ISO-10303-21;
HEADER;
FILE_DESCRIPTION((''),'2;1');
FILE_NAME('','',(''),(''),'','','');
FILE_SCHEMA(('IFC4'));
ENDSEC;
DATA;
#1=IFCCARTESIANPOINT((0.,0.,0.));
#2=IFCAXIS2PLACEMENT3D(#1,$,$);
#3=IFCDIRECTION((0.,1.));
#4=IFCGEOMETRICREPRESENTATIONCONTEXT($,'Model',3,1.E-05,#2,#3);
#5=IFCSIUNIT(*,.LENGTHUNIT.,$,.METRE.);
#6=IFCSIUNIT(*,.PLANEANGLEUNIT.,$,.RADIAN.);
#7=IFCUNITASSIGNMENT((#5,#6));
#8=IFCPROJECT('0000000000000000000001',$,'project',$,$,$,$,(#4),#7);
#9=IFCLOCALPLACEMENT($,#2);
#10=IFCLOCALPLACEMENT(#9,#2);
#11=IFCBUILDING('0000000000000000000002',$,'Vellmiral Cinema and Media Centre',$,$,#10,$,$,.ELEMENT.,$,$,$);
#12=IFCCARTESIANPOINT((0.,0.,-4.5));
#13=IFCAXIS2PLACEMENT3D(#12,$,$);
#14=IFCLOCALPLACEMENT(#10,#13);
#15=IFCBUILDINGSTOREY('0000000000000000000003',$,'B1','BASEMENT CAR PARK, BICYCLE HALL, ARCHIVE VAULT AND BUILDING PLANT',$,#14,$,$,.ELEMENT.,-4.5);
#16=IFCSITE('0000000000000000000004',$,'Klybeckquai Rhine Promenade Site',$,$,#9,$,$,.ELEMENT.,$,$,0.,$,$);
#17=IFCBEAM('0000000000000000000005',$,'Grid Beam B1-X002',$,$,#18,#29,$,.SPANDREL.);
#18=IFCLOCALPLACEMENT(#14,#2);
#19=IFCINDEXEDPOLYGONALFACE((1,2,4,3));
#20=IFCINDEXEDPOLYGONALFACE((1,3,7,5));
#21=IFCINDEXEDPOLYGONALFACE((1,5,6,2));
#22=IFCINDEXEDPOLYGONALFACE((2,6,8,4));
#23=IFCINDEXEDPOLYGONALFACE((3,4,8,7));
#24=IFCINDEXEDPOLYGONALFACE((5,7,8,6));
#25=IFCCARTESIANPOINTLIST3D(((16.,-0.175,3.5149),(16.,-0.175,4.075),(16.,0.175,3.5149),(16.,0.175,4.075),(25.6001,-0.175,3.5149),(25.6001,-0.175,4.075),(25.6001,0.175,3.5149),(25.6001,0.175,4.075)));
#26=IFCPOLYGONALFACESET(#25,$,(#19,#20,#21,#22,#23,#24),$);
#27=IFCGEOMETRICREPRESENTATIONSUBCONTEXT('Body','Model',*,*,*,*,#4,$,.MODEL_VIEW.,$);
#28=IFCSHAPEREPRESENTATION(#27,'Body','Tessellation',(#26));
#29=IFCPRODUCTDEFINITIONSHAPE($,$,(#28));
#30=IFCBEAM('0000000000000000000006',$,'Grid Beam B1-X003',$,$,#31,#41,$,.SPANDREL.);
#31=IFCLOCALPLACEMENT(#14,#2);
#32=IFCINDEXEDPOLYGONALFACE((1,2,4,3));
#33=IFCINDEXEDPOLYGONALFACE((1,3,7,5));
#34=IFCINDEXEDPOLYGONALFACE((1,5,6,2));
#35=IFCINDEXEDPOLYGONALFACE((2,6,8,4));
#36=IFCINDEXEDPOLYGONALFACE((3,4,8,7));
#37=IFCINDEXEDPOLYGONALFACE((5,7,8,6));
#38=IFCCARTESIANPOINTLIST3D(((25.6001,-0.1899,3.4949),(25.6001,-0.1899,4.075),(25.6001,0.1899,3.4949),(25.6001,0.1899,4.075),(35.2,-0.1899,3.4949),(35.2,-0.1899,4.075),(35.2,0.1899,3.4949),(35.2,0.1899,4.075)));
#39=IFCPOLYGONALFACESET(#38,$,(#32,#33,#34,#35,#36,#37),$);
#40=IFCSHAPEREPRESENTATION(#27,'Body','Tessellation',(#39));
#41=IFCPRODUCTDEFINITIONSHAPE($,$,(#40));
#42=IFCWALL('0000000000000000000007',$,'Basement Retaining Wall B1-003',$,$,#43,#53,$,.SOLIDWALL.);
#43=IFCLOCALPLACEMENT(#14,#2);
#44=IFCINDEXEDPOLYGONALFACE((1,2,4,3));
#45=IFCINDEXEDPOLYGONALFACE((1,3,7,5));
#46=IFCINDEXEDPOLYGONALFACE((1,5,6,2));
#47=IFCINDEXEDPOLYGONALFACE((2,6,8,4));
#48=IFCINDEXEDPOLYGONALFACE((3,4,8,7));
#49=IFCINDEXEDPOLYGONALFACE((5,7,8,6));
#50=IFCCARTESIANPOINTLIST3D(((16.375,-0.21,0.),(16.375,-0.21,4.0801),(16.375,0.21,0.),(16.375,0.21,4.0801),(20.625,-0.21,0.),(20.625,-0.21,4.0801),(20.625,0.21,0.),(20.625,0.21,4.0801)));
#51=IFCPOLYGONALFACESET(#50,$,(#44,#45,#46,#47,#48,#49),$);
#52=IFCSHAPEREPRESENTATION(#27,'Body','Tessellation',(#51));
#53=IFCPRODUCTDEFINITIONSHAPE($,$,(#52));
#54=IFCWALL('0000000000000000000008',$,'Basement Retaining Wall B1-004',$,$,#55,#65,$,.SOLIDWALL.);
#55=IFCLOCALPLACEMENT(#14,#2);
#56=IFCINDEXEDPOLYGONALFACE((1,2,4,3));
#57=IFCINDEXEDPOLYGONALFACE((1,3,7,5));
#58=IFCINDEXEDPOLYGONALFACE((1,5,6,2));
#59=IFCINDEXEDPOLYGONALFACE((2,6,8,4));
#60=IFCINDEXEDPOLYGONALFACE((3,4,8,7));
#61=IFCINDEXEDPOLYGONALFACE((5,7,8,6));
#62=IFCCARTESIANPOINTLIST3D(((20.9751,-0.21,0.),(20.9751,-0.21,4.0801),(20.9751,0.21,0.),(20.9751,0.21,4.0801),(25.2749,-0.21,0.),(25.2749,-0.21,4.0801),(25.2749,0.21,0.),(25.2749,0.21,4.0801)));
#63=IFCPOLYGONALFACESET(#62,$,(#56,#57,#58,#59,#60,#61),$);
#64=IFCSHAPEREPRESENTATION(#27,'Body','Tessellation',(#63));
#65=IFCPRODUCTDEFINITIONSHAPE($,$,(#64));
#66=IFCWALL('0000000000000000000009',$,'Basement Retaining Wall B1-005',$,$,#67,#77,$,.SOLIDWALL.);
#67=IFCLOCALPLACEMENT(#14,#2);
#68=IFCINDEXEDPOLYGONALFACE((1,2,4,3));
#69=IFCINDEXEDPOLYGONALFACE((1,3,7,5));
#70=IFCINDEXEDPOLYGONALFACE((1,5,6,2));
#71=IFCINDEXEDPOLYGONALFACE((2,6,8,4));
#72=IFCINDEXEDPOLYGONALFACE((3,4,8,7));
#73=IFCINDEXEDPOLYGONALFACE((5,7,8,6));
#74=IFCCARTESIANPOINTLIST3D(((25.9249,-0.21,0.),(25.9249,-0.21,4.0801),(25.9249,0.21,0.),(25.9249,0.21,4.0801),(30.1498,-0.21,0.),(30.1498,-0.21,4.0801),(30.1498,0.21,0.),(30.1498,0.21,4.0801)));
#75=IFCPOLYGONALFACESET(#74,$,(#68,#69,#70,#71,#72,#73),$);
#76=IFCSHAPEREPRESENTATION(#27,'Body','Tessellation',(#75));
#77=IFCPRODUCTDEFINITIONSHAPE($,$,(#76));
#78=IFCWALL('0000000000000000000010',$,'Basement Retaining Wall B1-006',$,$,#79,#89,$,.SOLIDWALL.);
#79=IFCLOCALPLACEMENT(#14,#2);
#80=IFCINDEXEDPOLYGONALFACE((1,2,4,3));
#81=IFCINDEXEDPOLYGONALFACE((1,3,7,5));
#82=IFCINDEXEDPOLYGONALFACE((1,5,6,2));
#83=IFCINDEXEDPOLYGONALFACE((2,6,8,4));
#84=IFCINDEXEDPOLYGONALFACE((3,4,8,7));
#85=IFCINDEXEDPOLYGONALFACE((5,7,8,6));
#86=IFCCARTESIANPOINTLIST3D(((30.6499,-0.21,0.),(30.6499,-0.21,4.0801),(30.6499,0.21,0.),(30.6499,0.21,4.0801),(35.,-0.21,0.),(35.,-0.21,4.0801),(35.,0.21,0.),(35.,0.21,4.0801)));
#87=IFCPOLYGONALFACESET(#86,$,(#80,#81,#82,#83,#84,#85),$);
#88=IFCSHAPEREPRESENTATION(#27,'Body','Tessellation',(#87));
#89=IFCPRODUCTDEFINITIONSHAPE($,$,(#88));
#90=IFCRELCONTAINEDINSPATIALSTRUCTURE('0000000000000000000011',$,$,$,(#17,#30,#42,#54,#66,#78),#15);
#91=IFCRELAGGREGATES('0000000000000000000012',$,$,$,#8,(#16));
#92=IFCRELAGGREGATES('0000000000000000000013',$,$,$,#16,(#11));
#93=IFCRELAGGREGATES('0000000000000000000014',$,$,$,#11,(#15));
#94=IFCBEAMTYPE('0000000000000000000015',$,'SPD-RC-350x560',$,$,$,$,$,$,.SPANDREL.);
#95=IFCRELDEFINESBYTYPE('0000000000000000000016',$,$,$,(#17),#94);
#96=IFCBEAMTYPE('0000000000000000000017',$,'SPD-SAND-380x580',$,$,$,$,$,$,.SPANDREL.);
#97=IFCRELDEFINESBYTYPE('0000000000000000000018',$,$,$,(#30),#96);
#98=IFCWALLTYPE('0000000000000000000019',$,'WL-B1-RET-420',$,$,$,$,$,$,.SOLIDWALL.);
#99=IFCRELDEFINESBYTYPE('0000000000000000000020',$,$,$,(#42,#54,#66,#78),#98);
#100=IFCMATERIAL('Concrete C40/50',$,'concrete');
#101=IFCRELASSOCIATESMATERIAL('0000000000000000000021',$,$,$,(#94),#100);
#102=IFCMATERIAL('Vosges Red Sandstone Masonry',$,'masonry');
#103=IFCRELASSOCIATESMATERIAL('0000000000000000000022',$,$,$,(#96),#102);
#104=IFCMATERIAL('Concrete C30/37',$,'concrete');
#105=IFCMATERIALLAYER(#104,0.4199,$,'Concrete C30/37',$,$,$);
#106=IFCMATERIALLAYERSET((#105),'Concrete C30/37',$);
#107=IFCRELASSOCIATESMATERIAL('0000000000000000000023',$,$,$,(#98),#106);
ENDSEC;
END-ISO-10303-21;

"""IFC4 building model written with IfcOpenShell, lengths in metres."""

from ifc_helpers import new_model, si_unit, direction, frame, frame_2d, origin, origin_2d, place, context, subcontext, project, spatial, rectangle, extrude, material, layer, layer_set, material_profile, profile_set, type_object, element, save


model = new_model("IFC4")

# Units and contexts
model_context = context("Model", 3, precision=1e-05, world=origin(), true_north=direction((0.0, 1.0)))
body_context = subcontext(model_context, "Body", "Model", "MODEL_VIEW")
ifc_project = project(units=[si_unit("LENGTHUNIT", "METRE"), si_unit("PLANEANGLEUNIT", "RADIAN")], contexts=[model_context])

# Site, building, storey
site_placement = place(None, origin())
site = spatial("IfcSite", under=ifc_project, at=site_placement, Name="Klybeckquai Rhine Promenade Site", CompositionType="ELEMENT", RefElevation=0.0)
building_placement = place(site_placement, origin())
building = spatial("IfcBuilding", under=site, at=building_placement, Name="Vellmiral Cinema and Media Centre", CompositionType="ELEMENT")
storey_placement = place(building_placement, frame((0.0, 0.0, -4.5)))
storey = spatial("IfcBuildingStorey", under=building, at=storey_placement, Name="B1", Description="BASEMENT CAR PARK, BICYCLE HALL, ARCHIVE VAULT AND BUILDING PLANT", CompositionType="ELEMENT", Elevation=-4.5)

# Beams
ifc_material_1 = material(Name="Concrete C40/50", Category="concrete")
ifc_material_profile_1 = material_profile(ifc_material_1, rectangle(XDim=0.3501, YDim=0.5601, at=origin_2d()), Name="RC 350x560")
ifc_profile_set_1 = profile_set([ifc_material_profile_1], Name="Concrete C40/50")
beam_type_1 = type_object("IfcBeamType", Name="SPD-RC-350x560", PredefinedType="SPANDREL", material=ifc_profile_set_1)
beam_1_placement = place(storey_placement, frame((16.0, 0.0, 3.7949), z_axis=(1.0, 0.0, 0.0), x_axis=(0.0, 1.0, 0.0)))
element("IfcBeam", 1, at=beam_1_placement, inside=storey, type_object=beam_type_1, Name="Grid Beam B1-X002", PredefinedType="SPANDREL", context=body_context, shape_type="SweptSolid", body=[
    extrude(rectangle(XDim=0.3501, YDim=0.5601, at=origin_2d()), origin(), (0.0, 0.0, 1.0), 9.6001),
])
ifc_material_2 = material(Name="Vosges Red Sandstone Masonry", Category="masonry")
ifc_material_profile_2 = material_profile(ifc_material_2, rectangle(XDim=0.3799, YDim=0.5801, at=origin_2d()), Name="SAND 380x580")
ifc_profile_set_2 = profile_set([ifc_material_profile_2], Name="Vosges Red Sandstone Masonry")
beam_type_2 = type_object("IfcBeamType", Name="SPD-SAND-380x580", PredefinedType="SPANDREL", material=ifc_profile_set_2)
beam_2_placement = place(storey_placement, frame((25.6001, 0.0, 3.7849), z_axis=(1.0, 0.0, 0.0), x_axis=(0.0, 1.0, 0.0)))
element("IfcBeam", 2, at=beam_2_placement, inside=storey, type_object=beam_type_2, Name="Grid Beam B1-X003", PredefinedType="SPANDREL", context=body_context, shape_type="SweptSolid", body=[
    extrude(rectangle(XDim=0.3799, YDim=0.5801, at=origin_2d()), origin(), (0.0, 0.0, 1.0), 9.5999),
])

# Walls
ifc_material_3 = material(Name="Concrete C30/37", Category="concrete")
ifc_layer = layer(ifc_material_3, 0.4199, Name="Concrete C30/37")
ifc_layer_set = layer_set([ifc_layer], Name="Concrete C30/37")
wall_type = type_object("IfcWallType", Name="WL-B1-RET-420", PredefinedType="SOLIDWALL", material=ifc_layer_set)
wall_1_placement = place(storey_placement, frame((16.375, 0.0, 0.0), z_axis=(0.0, 0.0, 1.0), x_axis=(1.0, 0.0, 0.0)))
element("IfcWall", 3, at=wall_1_placement, inside=storey, type_object=wall_type, Name="Basement Retaining Wall B1-003", PredefinedType="SOLIDWALL", context=body_context, shape_type="SweptSolid", body=[
    extrude(rectangle(XDim=4.25, YDim=0.4199, at=frame_2d((2.125, 0.0))), origin(), (0.0, 0.0, 1.0), 4.0801),
])
wall_2_placement = place(storey_placement, frame((20.9751, 0.0, 0.0), z_axis=(0.0, 0.0, 1.0), x_axis=(1.0, 0.0, 0.0)))
element("IfcWall", 4, at=wall_2_placement, inside=storey, type_object=wall_type, Name="Basement Retaining Wall B1-004", PredefinedType="SOLIDWALL", context=body_context, shape_type="SweptSolid", body=[
    extrude(rectangle(XDim=4.2998, YDim=0.4199, at=frame_2d((2.1499, 0.0))), origin(), (0.0, 0.0, 1.0), 4.0801),
])
wall_3_placement = place(storey_placement, frame((25.925, 0.0, 0.0), z_axis=(0.0, 0.0, 1.0), x_axis=(1.0, 0.0, 0.0)))
element("IfcWall", 5, at=wall_3_placement, inside=storey, type_object=wall_type, Name="Basement Retaining Wall B1-005", PredefinedType="SOLIDWALL", context=body_context, shape_type="SweptSolid", body=[
    extrude(rectangle(XDim=4.2249, YDim=0.4199, at=frame_2d((2.1123, 0.0))), origin(), (0.0, 0.0, 1.0), 4.0801),
])
wall_4_placement = place(storey_placement, frame((30.6499, 0.0, 0.0), z_axis=(0.0, 0.0, 1.0), x_axis=(1.0, 0.0, 0.0)))
element("IfcWall", 6, at=wall_4_placement, inside=storey, type_object=wall_type, Name="Basement Retaining Wall B1-006", PredefinedType="SOLIDWALL", context=body_context, shape_type="SweptSolid", body=[
    extrude(rectangle(XDim=4.3501, YDim=0.4199, at=frame_2d((2.175, 0.0))), origin(), (0.0, 0.0, 1.0), 4.0801),
])

save(model, "model.ifc")
